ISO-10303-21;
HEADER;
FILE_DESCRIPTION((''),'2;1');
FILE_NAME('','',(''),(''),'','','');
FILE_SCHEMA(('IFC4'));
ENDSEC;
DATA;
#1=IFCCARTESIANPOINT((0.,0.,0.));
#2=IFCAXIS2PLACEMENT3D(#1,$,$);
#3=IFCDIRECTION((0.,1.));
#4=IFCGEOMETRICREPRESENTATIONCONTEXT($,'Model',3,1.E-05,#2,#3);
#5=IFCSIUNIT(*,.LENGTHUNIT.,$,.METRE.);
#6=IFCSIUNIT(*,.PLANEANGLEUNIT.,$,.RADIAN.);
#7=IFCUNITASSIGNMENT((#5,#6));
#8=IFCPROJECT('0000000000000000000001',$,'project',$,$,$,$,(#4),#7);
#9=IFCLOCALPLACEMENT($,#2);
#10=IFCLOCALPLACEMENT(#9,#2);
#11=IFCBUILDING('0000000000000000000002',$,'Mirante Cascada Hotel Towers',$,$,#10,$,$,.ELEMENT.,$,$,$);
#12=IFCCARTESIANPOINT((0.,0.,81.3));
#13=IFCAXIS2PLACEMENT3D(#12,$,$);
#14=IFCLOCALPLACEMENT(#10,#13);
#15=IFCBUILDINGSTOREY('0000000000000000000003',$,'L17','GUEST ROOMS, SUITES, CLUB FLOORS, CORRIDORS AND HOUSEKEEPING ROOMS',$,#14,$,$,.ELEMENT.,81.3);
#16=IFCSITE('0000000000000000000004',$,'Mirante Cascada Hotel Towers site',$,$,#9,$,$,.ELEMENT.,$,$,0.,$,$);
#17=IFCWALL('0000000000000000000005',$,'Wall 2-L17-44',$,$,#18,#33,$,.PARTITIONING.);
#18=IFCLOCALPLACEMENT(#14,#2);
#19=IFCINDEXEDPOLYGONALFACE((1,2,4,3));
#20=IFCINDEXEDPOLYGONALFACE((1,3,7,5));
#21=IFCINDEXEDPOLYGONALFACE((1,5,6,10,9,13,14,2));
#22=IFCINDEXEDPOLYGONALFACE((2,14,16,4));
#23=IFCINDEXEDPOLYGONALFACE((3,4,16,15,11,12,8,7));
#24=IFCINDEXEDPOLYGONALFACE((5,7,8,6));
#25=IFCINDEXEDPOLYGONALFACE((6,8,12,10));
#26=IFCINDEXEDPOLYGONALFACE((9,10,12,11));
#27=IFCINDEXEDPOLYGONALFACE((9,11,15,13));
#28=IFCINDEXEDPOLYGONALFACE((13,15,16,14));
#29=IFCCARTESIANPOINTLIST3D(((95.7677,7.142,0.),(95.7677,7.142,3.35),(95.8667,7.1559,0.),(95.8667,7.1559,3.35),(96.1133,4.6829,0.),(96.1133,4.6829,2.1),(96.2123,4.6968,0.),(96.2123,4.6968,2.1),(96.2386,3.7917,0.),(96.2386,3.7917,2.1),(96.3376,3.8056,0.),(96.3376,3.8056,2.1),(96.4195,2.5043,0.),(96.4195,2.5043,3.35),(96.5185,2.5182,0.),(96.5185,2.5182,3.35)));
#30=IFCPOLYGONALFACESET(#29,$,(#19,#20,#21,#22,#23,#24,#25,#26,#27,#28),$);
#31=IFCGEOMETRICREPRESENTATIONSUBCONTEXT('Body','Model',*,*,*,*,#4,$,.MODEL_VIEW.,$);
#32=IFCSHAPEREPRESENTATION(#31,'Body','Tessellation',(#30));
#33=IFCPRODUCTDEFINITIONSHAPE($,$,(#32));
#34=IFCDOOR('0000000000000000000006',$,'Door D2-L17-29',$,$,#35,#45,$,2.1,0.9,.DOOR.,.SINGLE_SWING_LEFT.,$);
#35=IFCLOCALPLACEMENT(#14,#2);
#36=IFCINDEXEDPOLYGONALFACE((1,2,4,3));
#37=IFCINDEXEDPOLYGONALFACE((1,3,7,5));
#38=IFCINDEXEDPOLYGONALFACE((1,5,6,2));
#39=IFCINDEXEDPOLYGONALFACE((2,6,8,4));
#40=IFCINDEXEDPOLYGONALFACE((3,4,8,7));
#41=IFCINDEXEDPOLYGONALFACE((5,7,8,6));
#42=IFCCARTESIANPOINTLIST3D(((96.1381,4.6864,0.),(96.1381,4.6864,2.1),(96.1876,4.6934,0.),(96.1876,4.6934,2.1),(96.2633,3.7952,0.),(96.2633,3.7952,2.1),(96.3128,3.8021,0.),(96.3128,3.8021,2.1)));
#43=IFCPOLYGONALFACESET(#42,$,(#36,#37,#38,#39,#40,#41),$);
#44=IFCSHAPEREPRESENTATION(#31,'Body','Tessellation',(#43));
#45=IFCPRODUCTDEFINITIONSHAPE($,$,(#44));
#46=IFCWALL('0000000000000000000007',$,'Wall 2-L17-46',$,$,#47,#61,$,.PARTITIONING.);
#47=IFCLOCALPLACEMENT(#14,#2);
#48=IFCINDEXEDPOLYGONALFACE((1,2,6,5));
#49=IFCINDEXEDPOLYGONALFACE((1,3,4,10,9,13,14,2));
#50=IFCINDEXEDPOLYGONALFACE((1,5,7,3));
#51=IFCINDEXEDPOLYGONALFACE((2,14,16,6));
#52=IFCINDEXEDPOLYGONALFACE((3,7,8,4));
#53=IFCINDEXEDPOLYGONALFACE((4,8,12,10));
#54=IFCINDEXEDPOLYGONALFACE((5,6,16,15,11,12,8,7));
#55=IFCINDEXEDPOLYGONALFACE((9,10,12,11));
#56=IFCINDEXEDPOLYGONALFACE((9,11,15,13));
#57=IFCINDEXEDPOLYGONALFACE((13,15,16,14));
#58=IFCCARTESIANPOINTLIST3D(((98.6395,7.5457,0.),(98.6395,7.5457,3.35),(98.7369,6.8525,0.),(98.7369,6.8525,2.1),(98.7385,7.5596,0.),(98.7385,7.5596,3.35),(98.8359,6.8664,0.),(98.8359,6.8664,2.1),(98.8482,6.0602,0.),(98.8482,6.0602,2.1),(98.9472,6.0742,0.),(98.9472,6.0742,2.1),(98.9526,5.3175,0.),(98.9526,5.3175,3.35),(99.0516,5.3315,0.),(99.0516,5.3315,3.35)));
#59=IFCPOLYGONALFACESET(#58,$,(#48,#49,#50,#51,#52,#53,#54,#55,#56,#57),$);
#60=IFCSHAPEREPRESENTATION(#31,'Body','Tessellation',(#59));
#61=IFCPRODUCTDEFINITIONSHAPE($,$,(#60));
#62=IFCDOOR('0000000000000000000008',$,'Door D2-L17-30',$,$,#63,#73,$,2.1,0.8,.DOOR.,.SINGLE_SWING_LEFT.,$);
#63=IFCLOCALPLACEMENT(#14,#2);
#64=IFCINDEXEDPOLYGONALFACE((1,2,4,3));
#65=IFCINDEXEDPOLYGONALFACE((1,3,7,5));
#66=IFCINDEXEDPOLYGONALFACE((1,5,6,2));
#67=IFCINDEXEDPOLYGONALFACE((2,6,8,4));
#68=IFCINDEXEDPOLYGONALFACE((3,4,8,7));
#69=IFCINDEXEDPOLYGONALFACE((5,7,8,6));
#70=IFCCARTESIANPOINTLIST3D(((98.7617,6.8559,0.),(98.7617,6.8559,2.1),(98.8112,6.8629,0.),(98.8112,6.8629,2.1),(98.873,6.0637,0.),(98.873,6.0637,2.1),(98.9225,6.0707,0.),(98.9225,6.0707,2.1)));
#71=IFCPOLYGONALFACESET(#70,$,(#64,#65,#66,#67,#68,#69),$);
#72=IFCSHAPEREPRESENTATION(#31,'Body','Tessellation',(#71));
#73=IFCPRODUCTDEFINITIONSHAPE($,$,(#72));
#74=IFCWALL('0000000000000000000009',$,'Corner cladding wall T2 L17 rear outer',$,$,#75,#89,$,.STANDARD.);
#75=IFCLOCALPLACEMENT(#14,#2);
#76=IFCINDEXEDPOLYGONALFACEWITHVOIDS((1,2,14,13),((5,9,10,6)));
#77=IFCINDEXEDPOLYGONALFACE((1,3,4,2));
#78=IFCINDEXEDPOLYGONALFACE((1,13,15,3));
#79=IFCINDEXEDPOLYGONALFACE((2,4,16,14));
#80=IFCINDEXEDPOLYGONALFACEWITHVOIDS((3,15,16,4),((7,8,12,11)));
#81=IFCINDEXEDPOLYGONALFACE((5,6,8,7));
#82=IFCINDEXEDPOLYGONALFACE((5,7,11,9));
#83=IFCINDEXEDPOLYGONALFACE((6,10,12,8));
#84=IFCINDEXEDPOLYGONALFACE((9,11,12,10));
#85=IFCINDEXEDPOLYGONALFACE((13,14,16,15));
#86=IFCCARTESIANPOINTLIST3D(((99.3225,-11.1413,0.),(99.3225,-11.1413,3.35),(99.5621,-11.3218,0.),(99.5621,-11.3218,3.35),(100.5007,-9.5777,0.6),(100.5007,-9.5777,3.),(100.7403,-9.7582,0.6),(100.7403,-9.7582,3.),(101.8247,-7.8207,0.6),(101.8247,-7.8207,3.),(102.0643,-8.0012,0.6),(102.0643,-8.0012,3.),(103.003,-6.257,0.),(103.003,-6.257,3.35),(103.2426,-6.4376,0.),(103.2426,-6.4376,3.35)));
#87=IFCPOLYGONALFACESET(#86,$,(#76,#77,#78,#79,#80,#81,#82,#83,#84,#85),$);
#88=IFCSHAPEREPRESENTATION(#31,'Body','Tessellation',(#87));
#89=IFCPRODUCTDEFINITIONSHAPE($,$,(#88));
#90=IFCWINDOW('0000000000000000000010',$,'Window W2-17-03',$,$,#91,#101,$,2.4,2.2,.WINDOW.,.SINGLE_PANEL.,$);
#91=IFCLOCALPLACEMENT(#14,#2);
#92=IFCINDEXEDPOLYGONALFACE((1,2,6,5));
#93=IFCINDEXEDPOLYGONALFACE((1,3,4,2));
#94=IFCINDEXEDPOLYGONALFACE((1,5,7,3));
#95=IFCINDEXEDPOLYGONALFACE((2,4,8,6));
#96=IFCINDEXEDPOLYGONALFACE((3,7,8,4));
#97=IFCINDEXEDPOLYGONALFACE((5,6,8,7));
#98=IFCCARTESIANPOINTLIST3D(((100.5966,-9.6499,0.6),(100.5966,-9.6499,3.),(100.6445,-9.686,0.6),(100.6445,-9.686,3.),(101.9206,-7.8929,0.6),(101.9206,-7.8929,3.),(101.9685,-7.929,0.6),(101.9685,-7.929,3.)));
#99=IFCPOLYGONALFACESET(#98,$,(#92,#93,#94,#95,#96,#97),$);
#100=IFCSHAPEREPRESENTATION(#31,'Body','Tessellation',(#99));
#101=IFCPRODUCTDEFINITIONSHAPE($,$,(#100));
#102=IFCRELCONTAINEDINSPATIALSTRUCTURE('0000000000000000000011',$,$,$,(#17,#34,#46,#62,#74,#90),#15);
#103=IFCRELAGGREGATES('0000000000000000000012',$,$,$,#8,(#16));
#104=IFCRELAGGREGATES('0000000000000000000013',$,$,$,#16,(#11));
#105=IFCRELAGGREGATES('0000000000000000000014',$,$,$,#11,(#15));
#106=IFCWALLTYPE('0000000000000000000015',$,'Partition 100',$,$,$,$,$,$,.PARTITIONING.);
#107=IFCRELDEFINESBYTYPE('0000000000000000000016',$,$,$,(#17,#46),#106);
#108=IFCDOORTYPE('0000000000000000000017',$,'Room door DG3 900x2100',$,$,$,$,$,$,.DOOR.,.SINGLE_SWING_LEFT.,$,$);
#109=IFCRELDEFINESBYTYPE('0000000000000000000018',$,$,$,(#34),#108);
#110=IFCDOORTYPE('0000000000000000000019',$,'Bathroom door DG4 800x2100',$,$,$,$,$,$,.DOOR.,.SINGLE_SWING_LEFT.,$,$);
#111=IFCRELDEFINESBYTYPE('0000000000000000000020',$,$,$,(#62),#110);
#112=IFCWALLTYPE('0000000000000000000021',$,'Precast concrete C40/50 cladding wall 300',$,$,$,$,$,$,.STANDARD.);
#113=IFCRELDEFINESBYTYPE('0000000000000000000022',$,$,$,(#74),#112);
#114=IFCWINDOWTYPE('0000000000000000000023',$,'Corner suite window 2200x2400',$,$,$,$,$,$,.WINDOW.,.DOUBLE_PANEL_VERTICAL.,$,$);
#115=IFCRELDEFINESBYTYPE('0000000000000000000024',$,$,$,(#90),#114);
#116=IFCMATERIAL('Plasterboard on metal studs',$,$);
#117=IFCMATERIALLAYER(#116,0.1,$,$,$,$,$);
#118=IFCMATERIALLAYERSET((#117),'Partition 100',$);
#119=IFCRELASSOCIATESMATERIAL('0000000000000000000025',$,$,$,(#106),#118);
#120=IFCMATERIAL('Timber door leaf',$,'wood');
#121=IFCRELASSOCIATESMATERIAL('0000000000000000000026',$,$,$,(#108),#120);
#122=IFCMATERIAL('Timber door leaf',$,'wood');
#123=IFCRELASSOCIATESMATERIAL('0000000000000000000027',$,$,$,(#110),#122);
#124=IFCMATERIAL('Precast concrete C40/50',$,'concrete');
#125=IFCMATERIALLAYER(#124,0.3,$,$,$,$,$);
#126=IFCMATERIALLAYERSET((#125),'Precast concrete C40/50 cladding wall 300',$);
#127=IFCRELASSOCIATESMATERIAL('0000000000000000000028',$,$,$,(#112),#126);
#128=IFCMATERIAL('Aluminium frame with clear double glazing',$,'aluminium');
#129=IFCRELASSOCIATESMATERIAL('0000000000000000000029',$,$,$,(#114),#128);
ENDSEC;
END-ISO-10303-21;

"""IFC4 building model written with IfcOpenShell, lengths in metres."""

from ifc_helpers import new_model, si_unit, direction, frame, frame_2d, origin, place, context, subcontext, project, spatial, rectangle, extrude, material, layer, layer_set, type_object, element, fill, save


model = new_model("IFC4")

# Units and contexts
model_context = context("Model", 3, precision=1e-05, world=origin(), true_north=direction((0.0, 1.0)))
body_context = subcontext(model_context, "Body", "Model", "MODEL_VIEW")
ifc_project = project(units=[si_unit("LENGTHUNIT", "METRE"), si_unit("PLANEANGLEUNIT", "RADIAN")], contexts=[model_context])

# Site, building, storey
site_placement = place(None, origin())
site = spatial("IfcSite", under=ifc_project, at=site_placement, Name="Mirante Cascada Hotel Towers site", CompositionType="ELEMENT", RefElevation=0.0)
building_placement = place(site_placement, origin())
building = spatial("IfcBuilding", under=site, at=building_placement, Name="Mirante Cascada Hotel Towers", CompositionType="ELEMENT")
storey_placement = place(building_placement, frame((0.0, 0.0, 81.3)))
storey = spatial("IfcBuildingStorey", under=building, at=storey_placement, Name="L17", Description="GUEST ROOMS, SUITES, CLUB FLOORS, CORRIDORS AND HOUSEKEEPING ROOMS", CompositionType="ELEMENT", Elevation=81.3)

# Walls, openings, doors
ifc_material_1 = material(Name="Plasterboard on metal studs")
ifc_layer_1 = layer(ifc_material_1, 0.1)
ifc_layer_set_1 = layer_set([ifc_layer_1], Name="Partition 100")
wall_type_1 = type_object("IfcWallType", Name="Partition 100", PredefinedType="PARTITIONING", material=ifc_layer_set_1)
ifc_material_2 = material(Name="Timber door leaf", Category="wood")
door_type_1 = type_object("IfcDoorType", Name="Room door DG3 900x2100", OperationType="SINGLE_SWING_LEFT", PredefinedType="DOOR", material=ifc_material_2)
wall_1_placement = place(storey_placement, frame((96.469, 2.5113, 0.0), z_axis=(0.0, 0.0, 1.0), x_axis=(-0.139176, 0.990268, 0.0)))
wall_1 = element("IfcWall", 1, at=wall_1_placement, inside=storey, type_object=wall_type_1, Name="Wall 2-L17-44", PredefinedType="PARTITIONING", context=body_context, shape_type="SweptSolid", body=[
    extrude(rectangle(XDim=4.6833, YDim=0.1, at=frame_2d((2.3416, 0.0))), origin(), (0.0, 0.0, 1.0), 3.35),
])
opening_1_placement = place(wall_1_placement, frame((1.3, 0.0, 0.0)))
opening_1 = element("IfcOpeningElement", 2, at=opening_1_placement, cuts=wall_1, PredefinedType="OPENING", context=body_context, shape_type="SweptSolid", body=[
    extrude(rectangle(XDim=0.9, YDim=2.1, at=frame_2d((0.45, 1.05))), frame((0.0, 0.05, 0.0), z_axis=(0.0, -1.0, 0.0), x_axis=(1.0, 0.0, 0.0)), (0.0, 0.0, 1.0), 0.1),
])
door_1_placement = place(opening_1_placement, origin())
door_1 = element("IfcDoor", 3, at=door_1_placement, inside=storey, type_object=door_type_1, Name="Door D2-L17-29", OperationType="SINGLE_SWING_LEFT", OverallHeight=2.1, OverallWidth=0.9, PredefinedType="DOOR", context=body_context, shape_type="SweptSolid", body=[
    extrude(rectangle(XDim=0.9, YDim=2.1, at=frame_2d((0.45, 1.05))), frame((0.0, 0.025, 0.0), z_axis=(0.0, -1.0, 0.0), x_axis=(1.0, 0.0, 0.0)), (0.0, 0.0, 1.0), 0.05),
])
fill(opening_1, door_1)
wall_2_placement = place(storey_placement, frame((99.0021, 5.3245, 0.0), z_axis=(0.0, 0.0, 1.0), x_axis=(-0.139156, 0.990271, 0.0)))
wall_2 = element("IfcWall", 4, at=wall_2_placement, inside=storey, type_object=wall_type_1, Name="Wall 2-L17-46", PredefinedType="PARTITIONING", context=body_context, shape_type="SweptSolid", body=[
    extrude(rectangle(XDim=2.25, YDim=0.1, at=frame_2d((1.125, 0.0))), origin(), (0.0, 0.0, 1.0), 3.35),
])
opening_2_placement = place(wall_2_placement, frame((0.75, 0.0, 0.0)))
opening_2 = element("IfcOpeningElement", 5, at=opening_2_placement, cuts=wall_2, PredefinedType="OPENING", context=body_context, shape_type="SweptSolid", body=[
    extrude(rectangle(XDim=0.8, YDim=2.1, at=frame_2d((0.4, 1.05))), frame((0.0, 0.05, 0.0), z_axis=(0.0, -1.0, 0.0), x_axis=(1.0, 0.0, 0.0)), (0.0, 0.0, 1.0), 0.1),
])
ifc_material_3 = material(Name="Timber door leaf", Category="wood")
door_type_2 = type_object("IfcDoorType", Name="Bathroom door DG4 800x2100", OperationType="SINGLE_SWING_LEFT", PredefinedType="DOOR", material=ifc_material_3)
door_2_placement = place(opening_2_placement, origin())
door_2 = element("IfcDoor", 6, at=door_2_placement, inside=storey, type_object=door_type_2, Name="Door D2-L17-30", OperationType="SINGLE_SWING_LEFT", OverallHeight=2.1, OverallWidth=0.8, PredefinedType="DOOR", context=body_context, shape_type="SweptSolid", body=[
    extrude(rectangle(XDim=0.8, YDim=2.1, at=frame_2d((0.4, 1.05))), frame((0.0, 0.025, 0.0), z_axis=(0.0, -1.0, 0.0), x_axis=(1.0, 0.0, 0.0)), (0.0, 0.0, 1.0), 0.05),
])
fill(opening_2, door_2)

# Wall, opening, window
ifc_material_4 = material(Name="Precast concrete C40/50", Category="concrete")
ifc_layer_2 = layer(ifc_material_4, 0.3)
ifc_layer_set_2 = layer_set([ifc_layer_2], Name="Precast concrete C40/50 cladding wall 300")
wall_type_2 = type_object("IfcWallType", Name="Precast concrete C40/50 cladding wall 300", PredefinedType="STANDARD", material=ifc_layer_set_2)
wall_3_placement = place(storey_placement, frame((99.4423, -11.2315, 0.0), z_axis=(0.0, 0.0, 1.0), x_axis=(0.601814, 0.798636, 0.0)))
wall_3 = element("IfcWall", 7, at=wall_3_placement, inside=storey, type_object=wall_type_2, Name="Corner cladding wall T2 L17 rear outer", PredefinedType="STANDARD", context=body_context, shape_type="SweptSolid", body=[
    extrude(rectangle(XDim=6.1157, YDim=0.3, at=frame_2d((3.0578, 0.0))), origin(), (0.0, 0.0, 1.0), 3.35),
])
opening_3_placement = place(wall_3_placement, frame((1.9578, 0.0, 0.6)))
opening_3 = element("IfcOpeningElement", 8, at=opening_3_placement, cuts=wall_3, PredefinedType="OPENING", context=body_context, shape_type="SweptSolid", body=[
    extrude(rectangle(XDim=2.2, YDim=2.4, at=frame_2d((1.1, 1.2))), frame((0.0, 0.15, 0.0), z_axis=(0.0, -1.0, 0.0), x_axis=(1.0, 0.0, 0.0)), (0.0, 0.0, 1.0), 0.3),
])
ifc_material_5 = material(Name="Aluminium frame with clear double glazing", Category="aluminium")
window_type = type_object("IfcWindowType", Name="Corner suite window 2200x2400", PartitioningType="DOUBLE_PANEL_VERTICAL", PredefinedType="WINDOW", material=ifc_material_5)
window_placement = place(opening_3_placement, origin())
window = element("IfcWindow", 9, at=window_placement, inside=storey, type_object=window_type, Name="Window W2-17-03", OverallHeight=2.4, OverallWidth=2.2, PartitioningType="SINGLE_PANEL", PredefinedType="WINDOW", context=body_context, shape_type="SweptSolid", body=[
    extrude(rectangle(XDim=2.2, YDim=2.4, at=frame_2d((1.1, 1.2))), frame((0.0, 0.03, 0.0), z_axis=(0.0, -1.0, 0.0), x_axis=(1.0, 0.0, 0.0)), (0.0, 0.0, 1.0), 0.06),
])
fill(opening_3, window)

save(model, "model.ifc")
